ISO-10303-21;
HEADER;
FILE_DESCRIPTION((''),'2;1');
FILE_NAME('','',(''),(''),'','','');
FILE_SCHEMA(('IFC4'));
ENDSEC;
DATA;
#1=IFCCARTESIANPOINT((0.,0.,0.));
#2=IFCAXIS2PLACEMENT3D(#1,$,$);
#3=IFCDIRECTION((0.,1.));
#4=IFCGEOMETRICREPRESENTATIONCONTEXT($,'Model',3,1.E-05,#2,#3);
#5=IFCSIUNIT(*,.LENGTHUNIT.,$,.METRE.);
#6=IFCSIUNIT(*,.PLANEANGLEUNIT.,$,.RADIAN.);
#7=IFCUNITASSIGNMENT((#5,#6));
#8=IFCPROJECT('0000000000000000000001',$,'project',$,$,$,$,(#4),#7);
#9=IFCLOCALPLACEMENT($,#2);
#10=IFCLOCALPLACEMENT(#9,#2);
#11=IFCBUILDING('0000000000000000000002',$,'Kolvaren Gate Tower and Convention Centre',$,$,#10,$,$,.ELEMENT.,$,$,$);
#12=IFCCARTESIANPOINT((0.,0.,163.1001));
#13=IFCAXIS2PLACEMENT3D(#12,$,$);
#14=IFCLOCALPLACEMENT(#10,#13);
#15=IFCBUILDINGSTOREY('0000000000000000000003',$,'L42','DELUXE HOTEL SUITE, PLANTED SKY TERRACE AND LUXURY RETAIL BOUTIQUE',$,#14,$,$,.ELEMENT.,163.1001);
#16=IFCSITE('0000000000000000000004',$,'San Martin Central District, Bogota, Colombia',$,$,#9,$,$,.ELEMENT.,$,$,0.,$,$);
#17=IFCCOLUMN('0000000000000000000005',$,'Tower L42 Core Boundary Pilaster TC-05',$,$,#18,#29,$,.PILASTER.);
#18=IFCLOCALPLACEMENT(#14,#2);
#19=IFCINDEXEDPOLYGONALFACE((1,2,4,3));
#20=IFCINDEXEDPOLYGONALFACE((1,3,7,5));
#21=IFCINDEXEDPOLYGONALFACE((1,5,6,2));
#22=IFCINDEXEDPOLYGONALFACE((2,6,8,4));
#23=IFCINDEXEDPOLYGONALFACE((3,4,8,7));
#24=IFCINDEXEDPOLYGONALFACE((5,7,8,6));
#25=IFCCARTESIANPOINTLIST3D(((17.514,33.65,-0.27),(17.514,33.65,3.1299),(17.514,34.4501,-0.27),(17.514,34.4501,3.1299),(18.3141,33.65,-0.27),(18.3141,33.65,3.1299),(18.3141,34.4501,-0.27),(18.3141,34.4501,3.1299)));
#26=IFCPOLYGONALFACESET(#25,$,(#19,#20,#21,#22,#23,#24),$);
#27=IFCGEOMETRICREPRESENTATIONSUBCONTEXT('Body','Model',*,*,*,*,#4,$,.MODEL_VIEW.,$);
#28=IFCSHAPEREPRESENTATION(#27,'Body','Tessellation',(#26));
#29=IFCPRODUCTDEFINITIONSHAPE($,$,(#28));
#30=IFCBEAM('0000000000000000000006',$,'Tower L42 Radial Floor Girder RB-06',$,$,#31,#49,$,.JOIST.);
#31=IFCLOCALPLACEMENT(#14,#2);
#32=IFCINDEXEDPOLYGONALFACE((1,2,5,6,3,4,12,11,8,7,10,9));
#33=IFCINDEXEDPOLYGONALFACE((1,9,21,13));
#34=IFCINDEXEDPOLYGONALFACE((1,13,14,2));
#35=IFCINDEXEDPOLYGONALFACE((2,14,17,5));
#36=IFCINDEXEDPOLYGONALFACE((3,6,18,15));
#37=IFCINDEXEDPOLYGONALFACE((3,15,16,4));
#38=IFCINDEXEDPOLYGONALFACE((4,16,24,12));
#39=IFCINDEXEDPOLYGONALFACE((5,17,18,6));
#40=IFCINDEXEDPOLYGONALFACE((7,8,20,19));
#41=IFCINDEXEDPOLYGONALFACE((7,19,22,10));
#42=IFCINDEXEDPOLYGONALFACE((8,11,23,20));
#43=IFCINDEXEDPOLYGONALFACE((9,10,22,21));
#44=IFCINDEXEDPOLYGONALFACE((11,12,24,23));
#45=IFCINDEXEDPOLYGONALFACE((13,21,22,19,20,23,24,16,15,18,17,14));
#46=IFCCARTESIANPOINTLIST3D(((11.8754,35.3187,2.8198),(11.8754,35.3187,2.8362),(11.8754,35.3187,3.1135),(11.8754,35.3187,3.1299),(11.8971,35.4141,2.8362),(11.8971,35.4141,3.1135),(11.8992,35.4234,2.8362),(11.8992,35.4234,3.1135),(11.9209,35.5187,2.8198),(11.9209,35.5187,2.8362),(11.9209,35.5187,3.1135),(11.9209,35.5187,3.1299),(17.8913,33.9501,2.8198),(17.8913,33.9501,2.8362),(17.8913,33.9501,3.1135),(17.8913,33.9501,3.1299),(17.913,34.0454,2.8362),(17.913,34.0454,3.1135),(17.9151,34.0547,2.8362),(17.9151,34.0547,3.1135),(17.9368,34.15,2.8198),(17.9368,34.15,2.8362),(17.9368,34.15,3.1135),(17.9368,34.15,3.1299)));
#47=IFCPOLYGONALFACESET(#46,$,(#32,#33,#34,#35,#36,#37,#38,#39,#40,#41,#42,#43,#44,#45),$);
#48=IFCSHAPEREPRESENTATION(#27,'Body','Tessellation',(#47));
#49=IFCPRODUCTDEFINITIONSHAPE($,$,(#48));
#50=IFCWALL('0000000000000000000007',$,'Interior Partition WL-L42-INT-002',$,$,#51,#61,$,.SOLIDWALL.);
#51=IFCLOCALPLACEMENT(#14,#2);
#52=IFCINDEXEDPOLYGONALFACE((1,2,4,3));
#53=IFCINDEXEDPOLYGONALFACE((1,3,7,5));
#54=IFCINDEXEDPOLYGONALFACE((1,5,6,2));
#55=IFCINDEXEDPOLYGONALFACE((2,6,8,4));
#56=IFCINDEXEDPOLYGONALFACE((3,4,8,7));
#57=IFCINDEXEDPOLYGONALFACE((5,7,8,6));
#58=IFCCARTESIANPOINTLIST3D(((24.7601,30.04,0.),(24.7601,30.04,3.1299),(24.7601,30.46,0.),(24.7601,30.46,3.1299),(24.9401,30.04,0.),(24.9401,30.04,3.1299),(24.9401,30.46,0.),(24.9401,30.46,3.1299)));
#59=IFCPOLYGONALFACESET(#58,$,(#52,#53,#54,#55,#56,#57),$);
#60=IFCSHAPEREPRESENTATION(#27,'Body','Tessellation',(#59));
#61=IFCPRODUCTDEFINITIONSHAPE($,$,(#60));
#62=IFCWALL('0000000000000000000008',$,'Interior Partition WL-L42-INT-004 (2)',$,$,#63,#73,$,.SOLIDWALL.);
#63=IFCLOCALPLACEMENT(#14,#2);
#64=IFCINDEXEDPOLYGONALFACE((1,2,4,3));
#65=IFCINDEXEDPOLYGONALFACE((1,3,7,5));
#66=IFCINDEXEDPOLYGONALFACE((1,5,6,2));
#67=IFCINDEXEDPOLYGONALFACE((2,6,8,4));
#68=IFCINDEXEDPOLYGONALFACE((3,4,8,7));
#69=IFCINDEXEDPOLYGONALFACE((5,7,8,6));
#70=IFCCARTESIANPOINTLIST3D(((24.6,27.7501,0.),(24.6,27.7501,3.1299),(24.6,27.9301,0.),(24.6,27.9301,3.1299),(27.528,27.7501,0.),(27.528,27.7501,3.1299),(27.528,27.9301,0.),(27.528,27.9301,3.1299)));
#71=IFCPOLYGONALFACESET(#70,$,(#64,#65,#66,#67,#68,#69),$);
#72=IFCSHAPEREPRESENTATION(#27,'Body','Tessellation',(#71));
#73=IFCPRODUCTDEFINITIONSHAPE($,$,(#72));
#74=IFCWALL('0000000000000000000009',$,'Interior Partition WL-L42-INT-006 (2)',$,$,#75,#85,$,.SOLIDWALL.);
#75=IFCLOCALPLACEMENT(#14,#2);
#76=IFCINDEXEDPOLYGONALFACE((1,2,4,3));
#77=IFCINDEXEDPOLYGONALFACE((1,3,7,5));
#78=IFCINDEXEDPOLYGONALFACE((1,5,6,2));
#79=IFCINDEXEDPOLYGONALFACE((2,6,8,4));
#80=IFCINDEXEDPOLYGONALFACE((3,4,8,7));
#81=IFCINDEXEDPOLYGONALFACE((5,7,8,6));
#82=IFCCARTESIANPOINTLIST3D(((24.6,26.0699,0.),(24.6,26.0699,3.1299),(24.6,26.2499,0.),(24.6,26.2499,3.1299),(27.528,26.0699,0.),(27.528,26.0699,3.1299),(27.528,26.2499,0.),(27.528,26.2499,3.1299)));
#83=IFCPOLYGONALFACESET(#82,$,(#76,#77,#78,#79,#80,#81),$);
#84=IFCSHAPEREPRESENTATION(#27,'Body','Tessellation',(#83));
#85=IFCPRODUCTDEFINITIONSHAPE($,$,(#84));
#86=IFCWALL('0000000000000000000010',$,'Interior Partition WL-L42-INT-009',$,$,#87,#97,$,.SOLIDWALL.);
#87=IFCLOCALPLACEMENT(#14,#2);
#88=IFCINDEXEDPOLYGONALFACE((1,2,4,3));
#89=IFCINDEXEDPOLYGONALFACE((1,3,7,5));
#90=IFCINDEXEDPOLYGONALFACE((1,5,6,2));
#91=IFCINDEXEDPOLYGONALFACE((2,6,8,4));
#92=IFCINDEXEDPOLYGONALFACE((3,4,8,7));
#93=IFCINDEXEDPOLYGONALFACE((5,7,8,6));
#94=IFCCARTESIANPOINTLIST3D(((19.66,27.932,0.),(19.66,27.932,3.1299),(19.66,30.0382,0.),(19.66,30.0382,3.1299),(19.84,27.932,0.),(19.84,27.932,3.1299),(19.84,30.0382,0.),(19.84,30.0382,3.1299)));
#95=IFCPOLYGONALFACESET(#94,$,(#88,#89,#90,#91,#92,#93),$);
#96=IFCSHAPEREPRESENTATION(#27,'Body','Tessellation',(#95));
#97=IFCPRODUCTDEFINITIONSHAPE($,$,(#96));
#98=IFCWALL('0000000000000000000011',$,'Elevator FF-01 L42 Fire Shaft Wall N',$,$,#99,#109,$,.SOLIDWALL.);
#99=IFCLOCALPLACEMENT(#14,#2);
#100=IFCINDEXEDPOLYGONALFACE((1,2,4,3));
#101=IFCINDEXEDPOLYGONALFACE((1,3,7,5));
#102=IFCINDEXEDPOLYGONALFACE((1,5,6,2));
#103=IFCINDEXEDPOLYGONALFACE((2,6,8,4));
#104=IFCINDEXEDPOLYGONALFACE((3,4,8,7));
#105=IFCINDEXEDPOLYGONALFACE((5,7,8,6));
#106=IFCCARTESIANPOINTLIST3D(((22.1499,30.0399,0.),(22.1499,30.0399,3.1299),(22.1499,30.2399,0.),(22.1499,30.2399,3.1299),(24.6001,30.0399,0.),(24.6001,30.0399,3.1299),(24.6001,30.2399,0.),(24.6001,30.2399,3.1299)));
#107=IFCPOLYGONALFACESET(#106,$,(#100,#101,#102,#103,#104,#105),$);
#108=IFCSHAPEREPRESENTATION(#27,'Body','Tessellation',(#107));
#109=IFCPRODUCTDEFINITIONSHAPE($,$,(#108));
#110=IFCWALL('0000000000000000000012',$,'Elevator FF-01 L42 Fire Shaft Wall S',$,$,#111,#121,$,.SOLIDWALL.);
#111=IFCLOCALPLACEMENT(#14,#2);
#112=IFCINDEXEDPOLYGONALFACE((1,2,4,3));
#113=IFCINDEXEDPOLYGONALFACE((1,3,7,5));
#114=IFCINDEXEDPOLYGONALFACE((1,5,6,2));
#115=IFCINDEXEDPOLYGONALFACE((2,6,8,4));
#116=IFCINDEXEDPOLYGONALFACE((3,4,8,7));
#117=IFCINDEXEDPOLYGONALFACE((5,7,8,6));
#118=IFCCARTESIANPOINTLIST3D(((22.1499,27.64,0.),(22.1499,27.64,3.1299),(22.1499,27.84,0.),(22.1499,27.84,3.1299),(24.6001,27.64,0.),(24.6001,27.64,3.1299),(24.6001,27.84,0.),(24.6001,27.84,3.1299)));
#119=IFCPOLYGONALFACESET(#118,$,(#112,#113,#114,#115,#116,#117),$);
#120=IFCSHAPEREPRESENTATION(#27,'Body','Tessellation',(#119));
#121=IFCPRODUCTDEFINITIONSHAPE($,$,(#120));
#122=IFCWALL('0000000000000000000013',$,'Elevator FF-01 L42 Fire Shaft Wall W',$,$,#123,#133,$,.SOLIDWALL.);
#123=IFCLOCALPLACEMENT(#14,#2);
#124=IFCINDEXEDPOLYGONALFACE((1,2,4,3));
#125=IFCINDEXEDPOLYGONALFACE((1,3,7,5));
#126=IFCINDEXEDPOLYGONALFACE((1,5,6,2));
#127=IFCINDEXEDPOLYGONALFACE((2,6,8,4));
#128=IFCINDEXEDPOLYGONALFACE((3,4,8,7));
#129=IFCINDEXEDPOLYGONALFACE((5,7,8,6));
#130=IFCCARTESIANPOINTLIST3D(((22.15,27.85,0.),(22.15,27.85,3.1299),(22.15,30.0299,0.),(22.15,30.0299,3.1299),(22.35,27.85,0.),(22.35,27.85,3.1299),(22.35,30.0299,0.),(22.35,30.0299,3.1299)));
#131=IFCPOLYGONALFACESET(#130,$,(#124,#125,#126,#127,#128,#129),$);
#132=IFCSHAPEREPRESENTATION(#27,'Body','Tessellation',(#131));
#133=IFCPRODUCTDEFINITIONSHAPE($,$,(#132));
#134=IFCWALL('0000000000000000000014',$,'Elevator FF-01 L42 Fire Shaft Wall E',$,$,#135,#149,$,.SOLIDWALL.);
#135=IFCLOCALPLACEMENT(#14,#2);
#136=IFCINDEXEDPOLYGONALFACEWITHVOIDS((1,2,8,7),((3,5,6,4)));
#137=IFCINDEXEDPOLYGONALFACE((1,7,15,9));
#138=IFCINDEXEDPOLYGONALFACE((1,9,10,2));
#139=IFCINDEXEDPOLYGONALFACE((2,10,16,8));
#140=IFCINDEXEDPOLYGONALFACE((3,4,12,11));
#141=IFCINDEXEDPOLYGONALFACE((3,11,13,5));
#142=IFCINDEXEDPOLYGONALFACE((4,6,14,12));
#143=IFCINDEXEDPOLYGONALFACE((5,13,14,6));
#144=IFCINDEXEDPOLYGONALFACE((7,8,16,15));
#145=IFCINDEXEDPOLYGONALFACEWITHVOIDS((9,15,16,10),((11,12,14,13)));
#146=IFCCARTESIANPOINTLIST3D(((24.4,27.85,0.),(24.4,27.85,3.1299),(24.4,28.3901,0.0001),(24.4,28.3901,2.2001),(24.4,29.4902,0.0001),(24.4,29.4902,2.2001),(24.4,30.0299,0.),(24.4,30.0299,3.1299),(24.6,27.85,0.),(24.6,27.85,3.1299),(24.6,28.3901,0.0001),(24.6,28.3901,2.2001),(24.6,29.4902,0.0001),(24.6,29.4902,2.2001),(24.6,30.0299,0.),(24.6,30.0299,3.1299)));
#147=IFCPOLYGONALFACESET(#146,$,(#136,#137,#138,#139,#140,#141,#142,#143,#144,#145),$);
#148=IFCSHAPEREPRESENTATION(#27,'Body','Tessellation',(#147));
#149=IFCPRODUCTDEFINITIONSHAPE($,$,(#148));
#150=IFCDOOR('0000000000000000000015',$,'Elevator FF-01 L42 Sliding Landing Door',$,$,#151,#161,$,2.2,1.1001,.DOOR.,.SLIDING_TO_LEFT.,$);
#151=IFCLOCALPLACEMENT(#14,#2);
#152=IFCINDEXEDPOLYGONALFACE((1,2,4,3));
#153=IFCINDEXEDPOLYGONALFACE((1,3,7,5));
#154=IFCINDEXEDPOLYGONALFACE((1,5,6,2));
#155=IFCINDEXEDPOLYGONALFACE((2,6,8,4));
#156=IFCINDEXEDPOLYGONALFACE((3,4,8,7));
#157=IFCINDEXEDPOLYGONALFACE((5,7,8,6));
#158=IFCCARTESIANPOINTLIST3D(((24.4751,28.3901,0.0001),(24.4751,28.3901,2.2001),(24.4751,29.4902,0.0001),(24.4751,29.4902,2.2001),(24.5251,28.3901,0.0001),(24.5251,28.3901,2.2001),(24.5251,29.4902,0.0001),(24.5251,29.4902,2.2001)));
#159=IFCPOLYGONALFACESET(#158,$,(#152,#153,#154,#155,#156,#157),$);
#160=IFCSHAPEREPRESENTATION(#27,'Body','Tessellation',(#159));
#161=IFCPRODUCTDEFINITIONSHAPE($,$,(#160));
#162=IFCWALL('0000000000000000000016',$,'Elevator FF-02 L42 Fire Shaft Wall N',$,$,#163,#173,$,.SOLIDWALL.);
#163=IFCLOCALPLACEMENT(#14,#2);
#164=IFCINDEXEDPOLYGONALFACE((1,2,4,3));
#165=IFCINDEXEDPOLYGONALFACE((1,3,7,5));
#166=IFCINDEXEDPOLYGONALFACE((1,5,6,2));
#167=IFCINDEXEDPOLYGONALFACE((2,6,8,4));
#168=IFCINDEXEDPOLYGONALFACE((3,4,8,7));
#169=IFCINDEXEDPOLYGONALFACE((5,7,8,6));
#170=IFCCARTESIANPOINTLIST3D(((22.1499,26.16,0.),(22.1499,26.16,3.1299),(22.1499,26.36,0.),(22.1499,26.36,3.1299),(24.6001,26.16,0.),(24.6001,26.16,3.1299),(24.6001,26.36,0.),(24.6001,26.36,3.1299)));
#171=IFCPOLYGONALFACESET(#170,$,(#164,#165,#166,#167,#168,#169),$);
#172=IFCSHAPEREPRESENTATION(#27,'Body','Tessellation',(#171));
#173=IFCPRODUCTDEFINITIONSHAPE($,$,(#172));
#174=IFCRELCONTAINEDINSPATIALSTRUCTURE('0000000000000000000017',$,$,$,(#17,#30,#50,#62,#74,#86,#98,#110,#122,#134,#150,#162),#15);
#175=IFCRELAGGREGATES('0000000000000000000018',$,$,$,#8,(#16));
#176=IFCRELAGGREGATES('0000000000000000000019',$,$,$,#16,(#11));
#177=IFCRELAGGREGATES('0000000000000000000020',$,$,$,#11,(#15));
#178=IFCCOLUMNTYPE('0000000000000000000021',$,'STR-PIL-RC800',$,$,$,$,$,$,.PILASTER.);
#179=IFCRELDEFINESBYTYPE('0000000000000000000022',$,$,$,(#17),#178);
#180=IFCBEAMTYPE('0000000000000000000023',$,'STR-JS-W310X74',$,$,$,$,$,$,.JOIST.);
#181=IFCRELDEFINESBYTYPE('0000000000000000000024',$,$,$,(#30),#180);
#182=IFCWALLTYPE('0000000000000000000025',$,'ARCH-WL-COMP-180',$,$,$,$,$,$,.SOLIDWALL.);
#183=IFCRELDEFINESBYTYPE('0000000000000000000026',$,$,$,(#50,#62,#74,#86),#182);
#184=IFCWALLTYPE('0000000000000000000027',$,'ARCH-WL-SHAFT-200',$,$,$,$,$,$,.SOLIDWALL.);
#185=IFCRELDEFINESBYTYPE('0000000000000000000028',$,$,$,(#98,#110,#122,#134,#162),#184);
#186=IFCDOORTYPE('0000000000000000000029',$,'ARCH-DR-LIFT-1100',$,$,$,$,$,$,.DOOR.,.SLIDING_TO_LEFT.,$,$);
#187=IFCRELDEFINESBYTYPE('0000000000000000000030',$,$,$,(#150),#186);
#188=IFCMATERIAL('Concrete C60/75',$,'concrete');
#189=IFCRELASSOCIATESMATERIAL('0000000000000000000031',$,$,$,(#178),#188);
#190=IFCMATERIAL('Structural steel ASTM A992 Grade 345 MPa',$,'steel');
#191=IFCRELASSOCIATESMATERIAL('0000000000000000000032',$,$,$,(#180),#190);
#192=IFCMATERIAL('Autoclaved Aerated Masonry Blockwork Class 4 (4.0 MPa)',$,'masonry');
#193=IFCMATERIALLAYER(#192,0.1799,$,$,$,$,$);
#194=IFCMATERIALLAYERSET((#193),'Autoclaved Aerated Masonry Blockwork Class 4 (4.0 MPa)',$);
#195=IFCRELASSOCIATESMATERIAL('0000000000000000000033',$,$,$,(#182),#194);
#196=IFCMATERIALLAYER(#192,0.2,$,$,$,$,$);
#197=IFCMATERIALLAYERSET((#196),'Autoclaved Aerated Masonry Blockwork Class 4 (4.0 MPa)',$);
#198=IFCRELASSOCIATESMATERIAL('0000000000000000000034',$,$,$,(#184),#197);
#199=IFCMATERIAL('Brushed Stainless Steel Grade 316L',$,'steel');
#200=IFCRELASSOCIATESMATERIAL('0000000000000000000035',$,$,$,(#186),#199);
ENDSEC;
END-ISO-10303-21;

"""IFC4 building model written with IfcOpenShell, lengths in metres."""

from ifc_helpers import new_model, si_unit, direction, frame, frame_2d, origin, origin_2d, place, context, subcontext, project, spatial, rectangle, i_section, extrude, material, layer, layer_set, material_profile, profile_set, type_object, element, fill, save


model = new_model("IFC4")

# Units and contexts
model_context = context("Model", 3, precision=1e-05, world=origin(), true_north=direction((0.0, 1.0)))
body_context = subcontext(model_context, "Body", "Model", "MODEL_VIEW")
ifc_project = project(units=[si_unit("LENGTHUNIT", "METRE"), si_unit("PLANEANGLEUNIT", "RADIAN")], contexts=[model_context])

# Site, building, storey
site_placement = place(None, origin())
site = spatial("IfcSite", under=ifc_project, at=site_placement, Name="San Martin Central District, Bogota, Colombia", CompositionType="ELEMENT", RefElevation=0.0)
building_placement = place(site_placement, origin())
building = spatial("IfcBuilding", under=site, at=building_placement, Name="Kolvaren Gate Tower and Convention Centre", CompositionType="ELEMENT")
storey_placement = place(building_placement, frame((0.0, 0.0, 163.1001)))
storey = spatial("IfcBuildingStorey", under=building, at=storey_placement, Name="L42", Description="DELUXE HOTEL SUITE, PLANTED SKY TERRACE AND LUXURY RETAIL BOUTIQUE", CompositionType="ELEMENT", Elevation=163.1001)

# Column
ifc_material_1 = material(Name="Concrete C60/75", Category="concrete")
ifc_material_profile_1 = material_profile(ifc_material_1, rectangle(XDim=0.8, YDim=0.8, at=origin_2d()), Name="RC-COL-800X800")
ifc_profile_set_1 = profile_set([ifc_material_profile_1], Name="Concrete C60/75")
column_type = type_object("IfcColumnType", Name="STR-PIL-RC800", PredefinedType="PILASTER", material=ifc_profile_set_1)
column_placement = place(storey_placement, frame((17.9141, 34.05, -0.27), z_axis=(0.0, 0.0, 1.0), x_axis=(1.0, 0.0, 0.0)))
element("IfcColumn", 1, at=column_placement, inside=storey, type_object=column_type, Name="Tower L42 Core Boundary Pilaster TC-05", PredefinedType="PILASTER", context=body_context, shape_type="SweptSolid", body=[
    extrude(rectangle(XDim=0.8, YDim=0.8, at=origin_2d()), origin(), (0.0, 0.0, 1.0), 3.3999),
])

# Beam
ifc_material_2 = material(Name="Structural steel ASTM A992 Grade 345 MPa", Category="steel")
ifc_material_profile_2 = material_profile(ifc_material_2, i_section(OverallWidth=0.2051, OverallDepth=0.3101, WebThickness=0.0095, FlangeThickness=0.0164, at=origin_2d()), Name="W310X74")
ifc_profile_set_2 = profile_set([ifc_material_profile_2], Name="Structural steel ASTM A992 Grade 345 MPa")
beam_type = type_object("IfcBeamType", Name="STR-JS-W310X74", PredefinedType="JOIST", material=ifc_profile_set_2)
beam_placement = place(storey_placement, frame((17.9141, 34.05, 2.9749), z_axis=(-0.975083, 0.221838, 0.0), x_axis=(-0.221838, -0.975083, 0.0)))
element("IfcBeam", 2, at=beam_placement, inside=storey, type_object=beam_type, Name="Tower L42 Radial Floor Girder RB-06", PredefinedType="JOIST", context=body_context, shape_type="SweptSolid", body=[
    extrude(i_section(OverallWidth=0.2051, OverallDepth=0.3101, WebThickness=0.0095, FlangeThickness=0.0164, at=origin_2d()), origin(), (0.0, 0.0, 1.0), 6.1697),
])

# Walls
ifc_material_3 = material(Name="Autoclaved Aerated Masonry Blockwork Class 4 (4.0 MPa)", Category="masonry")
ifc_layer_1 = layer(ifc_material_3, 0.1799)
ifc_layer_set_1 = layer_set([ifc_layer_1], Name="Autoclaved Aerated Masonry Blockwork Class 4 (4.0 MPa)")
wall_type_1 = type_object("IfcWallType", Name="ARCH-WL-COMP-180", PredefinedType="SOLIDWALL", material=ifc_layer_set_1)
wall_1_placement = place(storey_placement, frame((24.8501, 30.04, 0.0), z_axis=(0.0, 0.0, 1.0), x_axis=(0.0, 1.0, 0.0)))
element("IfcWall", 3, at=wall_1_placement, inside=storey, type_object=wall_type_1, Name="Interior Partition WL-L42-INT-002", PredefinedType="SOLIDWALL", context=body_context, shape_type="SweptSolid", body=[
    extrude(rectangle(XDim=0.4199, YDim=0.1799, at=frame_2d((0.21, 0.0))), origin(), (0.0, 0.0, 1.0), 3.1299),
])
for number, where, z_axis, x_axis, name in (
    (4, (24.6001, 27.8401, 0.0), (0.0, 0.0, 1.0), (1.0, 0.0, 0.0), "Interior Partition WL-L42-INT-004 (2)"),
    (5, (24.6001, 26.1599, 0.0), (0.0, 0.0, 1.0), (1.0, 0.0, 0.0), "Interior Partition WL-L42-INT-006 (2)"),
):
    element("IfcWall", number, at=place(storey_placement, frame(where, z_axis=z_axis, x_axis=x_axis)), inside=storey, type_object=wall_type_1, Name=name, PredefinedType="SOLIDWALL", context=body_context, shape_type="SweptSolid", body=[
        extrude(rectangle(XDim=2.928, YDim=0.1799, at=frame_2d((1.4639, 0.0))), origin(), (0.0, 0.0, 1.0), 3.1299),
    ])
wall_2_placement = place(storey_placement, frame((19.75, 27.9319, 0.0), z_axis=(0.0, 0.0, 1.0), x_axis=(0.0, 1.0, 0.0)))
element("IfcWall", 6, at=wall_2_placement, inside=storey, type_object=wall_type_1, Name="Interior Partition WL-L42-INT-009", PredefinedType="SOLIDWALL", context=body_context, shape_type="SweptSolid", body=[
    extrude(rectangle(XDim=2.1062, YDim=0.1799, at=frame_2d((1.0532, 0.0))), origin(), (0.0, 0.0, 1.0), 3.1299),
])
ifc_layer_2 = layer(ifc_material_3, 0.2)
ifc_layer_set_2 = layer_set([ifc_layer_2], Name="Autoclaved Aerated Masonry Blockwork Class 4 (4.0 MPa)")
wall_type_2 = type_object("IfcWallType", Name="ARCH-WL-SHAFT-200", PredefinedType="SOLIDWALL", material=ifc_layer_set_2)
for number, where, z_axis, x_axis, name in (
    (7, (22.1499, 30.1399, 0.0), (0.0, 0.0, 1.0), (1.0, 0.0, 0.0), "Elevator FF-01 L42 Fire Shaft Wall N"),
    (8, (22.1499, 27.74, 0.0), (0.0, 0.0, 1.0), (1.0, 0.0, 0.0), "Elevator FF-01 L42 Fire Shaft Wall S"),
):
    element("IfcWall", number, at=place(storey_placement, frame(where, z_axis=z_axis, x_axis=x_axis)), inside=storey, type_object=wall_type_2, Name=name, PredefinedType="SOLIDWALL", context=body_context, shape_type="SweptSolid", body=[
        extrude(rectangle(XDim=2.4502, YDim=0.2, at=frame_2d((1.2251, 0.0))), origin(), (0.0, 0.0, 1.0), 3.1299),
    ])
wall_3_placement = place(storey_placement, frame((22.25, 27.8501, 0.0), z_axis=(0.0, 0.0, 1.0), x_axis=(0.0, 1.0, 0.0)))
element("IfcWall", 9, at=wall_3_placement, inside=storey, type_object=wall_type_2, Name="Elevator FF-01 L42 Fire Shaft Wall W", PredefinedType="SOLIDWALL", context=body_context, shape_type="SweptSolid", body=[
    extrude(rectangle(XDim=2.1799, YDim=0.2, at=frame_2d((1.0898, 0.0))), origin(), (0.0, 0.0, 1.0), 3.1299),
])

# Wall, opening, door
wall_4_placement = place(storey_placement, frame((24.5, 27.8501, 0.0), z_axis=(0.0, 0.0, 1.0), x_axis=(0.0, 1.0, 0.0)))
wall_4 = element("IfcWall", 10, at=wall_4_placement, inside=storey, type_object=wall_type_2, Name="Elevator FF-01 L42 Fire Shaft Wall E", PredefinedType="SOLIDWALL", context=body_context, shape_type="SweptSolid", body=[
    extrude(rectangle(XDim=2.1799, YDim=0.2, at=frame_2d((1.0898, 0.0))), origin(), (0.0, 0.0, 1.0), 3.1299),
])
opening_1_placement = place(wall_4_placement, frame((0.54, 0.0, 0.0)))
opening_1 = element("IfcOpeningElement", 11, at=opening_1_placement, cuts=wall_4, PredefinedType="OPENING", context=body_context, shape_type="SweptSolid", body=[
    extrude(rectangle(XDim=1.1001, YDim=2.2, at=frame_2d((0.55, 1.1001))), frame((0.0, 0.1099, 0.0), z_axis=(0.0, -1.0, 0.0), x_axis=(1.0, 0.0, 0.0)), (0.0, 0.0, 1.0), 0.22),
])
ifc_material_4 = material(Name="Brushed Stainless Steel Grade 316L", Category="steel")
door_type_1 = type_object("IfcDoorType", Name="ARCH-DR-LIFT-1100", OperationType="SLIDING_TO_LEFT", PredefinedType="DOOR", material=ifc_material_4)
door_1_placement = place(opening_1_placement, origin())
door_1 = element("IfcDoor", 12, at=door_1_placement, inside=storey, type_object=door_type_1, Name="Elevator FF-01 L42 Sliding Landing Door", OperationType="SLIDING_TO_LEFT", OverallHeight=2.2, OverallWidth=1.1001, PredefinedType="DOOR", context=body_context, shape_type="SweptSolid", body=[
    extrude(rectangle(XDim=1.1001, YDim=2.2, at=frame_2d((0.55, 1.1001))), frame((0.0, 0.0249, 0.0), z_axis=(0.0, -1.0, 0.0), x_axis=(1.0, 0.0, 0.0)), (0.0, 0.0, 1.0), 0.05),
])
fill(opening_1, door_1)

# Wall
wall_5_placement = place(storey_placement, frame((22.1499, 26.26, 0.0), z_axis=(0.0, 0.0, 1.0), x_axis=(1.0, 0.0, 0.0)))
element("IfcWall", 13, at=wall_5_placement, inside=storey, type_object=wall_type_2, Name="Elevator FF-02 L42 Fire Shaft Wall N", PredefinedType="SOLIDWALL", context=body_context, shape_type="SweptSolid", body=[
    extrude(rectangle(XDim=2.4502, YDim=0.2, at=frame_2d((1.2251, 0.0))), origin(), (0.0, 0.0, 1.0), 3.1299),
])

save(model, "model.ifc")
